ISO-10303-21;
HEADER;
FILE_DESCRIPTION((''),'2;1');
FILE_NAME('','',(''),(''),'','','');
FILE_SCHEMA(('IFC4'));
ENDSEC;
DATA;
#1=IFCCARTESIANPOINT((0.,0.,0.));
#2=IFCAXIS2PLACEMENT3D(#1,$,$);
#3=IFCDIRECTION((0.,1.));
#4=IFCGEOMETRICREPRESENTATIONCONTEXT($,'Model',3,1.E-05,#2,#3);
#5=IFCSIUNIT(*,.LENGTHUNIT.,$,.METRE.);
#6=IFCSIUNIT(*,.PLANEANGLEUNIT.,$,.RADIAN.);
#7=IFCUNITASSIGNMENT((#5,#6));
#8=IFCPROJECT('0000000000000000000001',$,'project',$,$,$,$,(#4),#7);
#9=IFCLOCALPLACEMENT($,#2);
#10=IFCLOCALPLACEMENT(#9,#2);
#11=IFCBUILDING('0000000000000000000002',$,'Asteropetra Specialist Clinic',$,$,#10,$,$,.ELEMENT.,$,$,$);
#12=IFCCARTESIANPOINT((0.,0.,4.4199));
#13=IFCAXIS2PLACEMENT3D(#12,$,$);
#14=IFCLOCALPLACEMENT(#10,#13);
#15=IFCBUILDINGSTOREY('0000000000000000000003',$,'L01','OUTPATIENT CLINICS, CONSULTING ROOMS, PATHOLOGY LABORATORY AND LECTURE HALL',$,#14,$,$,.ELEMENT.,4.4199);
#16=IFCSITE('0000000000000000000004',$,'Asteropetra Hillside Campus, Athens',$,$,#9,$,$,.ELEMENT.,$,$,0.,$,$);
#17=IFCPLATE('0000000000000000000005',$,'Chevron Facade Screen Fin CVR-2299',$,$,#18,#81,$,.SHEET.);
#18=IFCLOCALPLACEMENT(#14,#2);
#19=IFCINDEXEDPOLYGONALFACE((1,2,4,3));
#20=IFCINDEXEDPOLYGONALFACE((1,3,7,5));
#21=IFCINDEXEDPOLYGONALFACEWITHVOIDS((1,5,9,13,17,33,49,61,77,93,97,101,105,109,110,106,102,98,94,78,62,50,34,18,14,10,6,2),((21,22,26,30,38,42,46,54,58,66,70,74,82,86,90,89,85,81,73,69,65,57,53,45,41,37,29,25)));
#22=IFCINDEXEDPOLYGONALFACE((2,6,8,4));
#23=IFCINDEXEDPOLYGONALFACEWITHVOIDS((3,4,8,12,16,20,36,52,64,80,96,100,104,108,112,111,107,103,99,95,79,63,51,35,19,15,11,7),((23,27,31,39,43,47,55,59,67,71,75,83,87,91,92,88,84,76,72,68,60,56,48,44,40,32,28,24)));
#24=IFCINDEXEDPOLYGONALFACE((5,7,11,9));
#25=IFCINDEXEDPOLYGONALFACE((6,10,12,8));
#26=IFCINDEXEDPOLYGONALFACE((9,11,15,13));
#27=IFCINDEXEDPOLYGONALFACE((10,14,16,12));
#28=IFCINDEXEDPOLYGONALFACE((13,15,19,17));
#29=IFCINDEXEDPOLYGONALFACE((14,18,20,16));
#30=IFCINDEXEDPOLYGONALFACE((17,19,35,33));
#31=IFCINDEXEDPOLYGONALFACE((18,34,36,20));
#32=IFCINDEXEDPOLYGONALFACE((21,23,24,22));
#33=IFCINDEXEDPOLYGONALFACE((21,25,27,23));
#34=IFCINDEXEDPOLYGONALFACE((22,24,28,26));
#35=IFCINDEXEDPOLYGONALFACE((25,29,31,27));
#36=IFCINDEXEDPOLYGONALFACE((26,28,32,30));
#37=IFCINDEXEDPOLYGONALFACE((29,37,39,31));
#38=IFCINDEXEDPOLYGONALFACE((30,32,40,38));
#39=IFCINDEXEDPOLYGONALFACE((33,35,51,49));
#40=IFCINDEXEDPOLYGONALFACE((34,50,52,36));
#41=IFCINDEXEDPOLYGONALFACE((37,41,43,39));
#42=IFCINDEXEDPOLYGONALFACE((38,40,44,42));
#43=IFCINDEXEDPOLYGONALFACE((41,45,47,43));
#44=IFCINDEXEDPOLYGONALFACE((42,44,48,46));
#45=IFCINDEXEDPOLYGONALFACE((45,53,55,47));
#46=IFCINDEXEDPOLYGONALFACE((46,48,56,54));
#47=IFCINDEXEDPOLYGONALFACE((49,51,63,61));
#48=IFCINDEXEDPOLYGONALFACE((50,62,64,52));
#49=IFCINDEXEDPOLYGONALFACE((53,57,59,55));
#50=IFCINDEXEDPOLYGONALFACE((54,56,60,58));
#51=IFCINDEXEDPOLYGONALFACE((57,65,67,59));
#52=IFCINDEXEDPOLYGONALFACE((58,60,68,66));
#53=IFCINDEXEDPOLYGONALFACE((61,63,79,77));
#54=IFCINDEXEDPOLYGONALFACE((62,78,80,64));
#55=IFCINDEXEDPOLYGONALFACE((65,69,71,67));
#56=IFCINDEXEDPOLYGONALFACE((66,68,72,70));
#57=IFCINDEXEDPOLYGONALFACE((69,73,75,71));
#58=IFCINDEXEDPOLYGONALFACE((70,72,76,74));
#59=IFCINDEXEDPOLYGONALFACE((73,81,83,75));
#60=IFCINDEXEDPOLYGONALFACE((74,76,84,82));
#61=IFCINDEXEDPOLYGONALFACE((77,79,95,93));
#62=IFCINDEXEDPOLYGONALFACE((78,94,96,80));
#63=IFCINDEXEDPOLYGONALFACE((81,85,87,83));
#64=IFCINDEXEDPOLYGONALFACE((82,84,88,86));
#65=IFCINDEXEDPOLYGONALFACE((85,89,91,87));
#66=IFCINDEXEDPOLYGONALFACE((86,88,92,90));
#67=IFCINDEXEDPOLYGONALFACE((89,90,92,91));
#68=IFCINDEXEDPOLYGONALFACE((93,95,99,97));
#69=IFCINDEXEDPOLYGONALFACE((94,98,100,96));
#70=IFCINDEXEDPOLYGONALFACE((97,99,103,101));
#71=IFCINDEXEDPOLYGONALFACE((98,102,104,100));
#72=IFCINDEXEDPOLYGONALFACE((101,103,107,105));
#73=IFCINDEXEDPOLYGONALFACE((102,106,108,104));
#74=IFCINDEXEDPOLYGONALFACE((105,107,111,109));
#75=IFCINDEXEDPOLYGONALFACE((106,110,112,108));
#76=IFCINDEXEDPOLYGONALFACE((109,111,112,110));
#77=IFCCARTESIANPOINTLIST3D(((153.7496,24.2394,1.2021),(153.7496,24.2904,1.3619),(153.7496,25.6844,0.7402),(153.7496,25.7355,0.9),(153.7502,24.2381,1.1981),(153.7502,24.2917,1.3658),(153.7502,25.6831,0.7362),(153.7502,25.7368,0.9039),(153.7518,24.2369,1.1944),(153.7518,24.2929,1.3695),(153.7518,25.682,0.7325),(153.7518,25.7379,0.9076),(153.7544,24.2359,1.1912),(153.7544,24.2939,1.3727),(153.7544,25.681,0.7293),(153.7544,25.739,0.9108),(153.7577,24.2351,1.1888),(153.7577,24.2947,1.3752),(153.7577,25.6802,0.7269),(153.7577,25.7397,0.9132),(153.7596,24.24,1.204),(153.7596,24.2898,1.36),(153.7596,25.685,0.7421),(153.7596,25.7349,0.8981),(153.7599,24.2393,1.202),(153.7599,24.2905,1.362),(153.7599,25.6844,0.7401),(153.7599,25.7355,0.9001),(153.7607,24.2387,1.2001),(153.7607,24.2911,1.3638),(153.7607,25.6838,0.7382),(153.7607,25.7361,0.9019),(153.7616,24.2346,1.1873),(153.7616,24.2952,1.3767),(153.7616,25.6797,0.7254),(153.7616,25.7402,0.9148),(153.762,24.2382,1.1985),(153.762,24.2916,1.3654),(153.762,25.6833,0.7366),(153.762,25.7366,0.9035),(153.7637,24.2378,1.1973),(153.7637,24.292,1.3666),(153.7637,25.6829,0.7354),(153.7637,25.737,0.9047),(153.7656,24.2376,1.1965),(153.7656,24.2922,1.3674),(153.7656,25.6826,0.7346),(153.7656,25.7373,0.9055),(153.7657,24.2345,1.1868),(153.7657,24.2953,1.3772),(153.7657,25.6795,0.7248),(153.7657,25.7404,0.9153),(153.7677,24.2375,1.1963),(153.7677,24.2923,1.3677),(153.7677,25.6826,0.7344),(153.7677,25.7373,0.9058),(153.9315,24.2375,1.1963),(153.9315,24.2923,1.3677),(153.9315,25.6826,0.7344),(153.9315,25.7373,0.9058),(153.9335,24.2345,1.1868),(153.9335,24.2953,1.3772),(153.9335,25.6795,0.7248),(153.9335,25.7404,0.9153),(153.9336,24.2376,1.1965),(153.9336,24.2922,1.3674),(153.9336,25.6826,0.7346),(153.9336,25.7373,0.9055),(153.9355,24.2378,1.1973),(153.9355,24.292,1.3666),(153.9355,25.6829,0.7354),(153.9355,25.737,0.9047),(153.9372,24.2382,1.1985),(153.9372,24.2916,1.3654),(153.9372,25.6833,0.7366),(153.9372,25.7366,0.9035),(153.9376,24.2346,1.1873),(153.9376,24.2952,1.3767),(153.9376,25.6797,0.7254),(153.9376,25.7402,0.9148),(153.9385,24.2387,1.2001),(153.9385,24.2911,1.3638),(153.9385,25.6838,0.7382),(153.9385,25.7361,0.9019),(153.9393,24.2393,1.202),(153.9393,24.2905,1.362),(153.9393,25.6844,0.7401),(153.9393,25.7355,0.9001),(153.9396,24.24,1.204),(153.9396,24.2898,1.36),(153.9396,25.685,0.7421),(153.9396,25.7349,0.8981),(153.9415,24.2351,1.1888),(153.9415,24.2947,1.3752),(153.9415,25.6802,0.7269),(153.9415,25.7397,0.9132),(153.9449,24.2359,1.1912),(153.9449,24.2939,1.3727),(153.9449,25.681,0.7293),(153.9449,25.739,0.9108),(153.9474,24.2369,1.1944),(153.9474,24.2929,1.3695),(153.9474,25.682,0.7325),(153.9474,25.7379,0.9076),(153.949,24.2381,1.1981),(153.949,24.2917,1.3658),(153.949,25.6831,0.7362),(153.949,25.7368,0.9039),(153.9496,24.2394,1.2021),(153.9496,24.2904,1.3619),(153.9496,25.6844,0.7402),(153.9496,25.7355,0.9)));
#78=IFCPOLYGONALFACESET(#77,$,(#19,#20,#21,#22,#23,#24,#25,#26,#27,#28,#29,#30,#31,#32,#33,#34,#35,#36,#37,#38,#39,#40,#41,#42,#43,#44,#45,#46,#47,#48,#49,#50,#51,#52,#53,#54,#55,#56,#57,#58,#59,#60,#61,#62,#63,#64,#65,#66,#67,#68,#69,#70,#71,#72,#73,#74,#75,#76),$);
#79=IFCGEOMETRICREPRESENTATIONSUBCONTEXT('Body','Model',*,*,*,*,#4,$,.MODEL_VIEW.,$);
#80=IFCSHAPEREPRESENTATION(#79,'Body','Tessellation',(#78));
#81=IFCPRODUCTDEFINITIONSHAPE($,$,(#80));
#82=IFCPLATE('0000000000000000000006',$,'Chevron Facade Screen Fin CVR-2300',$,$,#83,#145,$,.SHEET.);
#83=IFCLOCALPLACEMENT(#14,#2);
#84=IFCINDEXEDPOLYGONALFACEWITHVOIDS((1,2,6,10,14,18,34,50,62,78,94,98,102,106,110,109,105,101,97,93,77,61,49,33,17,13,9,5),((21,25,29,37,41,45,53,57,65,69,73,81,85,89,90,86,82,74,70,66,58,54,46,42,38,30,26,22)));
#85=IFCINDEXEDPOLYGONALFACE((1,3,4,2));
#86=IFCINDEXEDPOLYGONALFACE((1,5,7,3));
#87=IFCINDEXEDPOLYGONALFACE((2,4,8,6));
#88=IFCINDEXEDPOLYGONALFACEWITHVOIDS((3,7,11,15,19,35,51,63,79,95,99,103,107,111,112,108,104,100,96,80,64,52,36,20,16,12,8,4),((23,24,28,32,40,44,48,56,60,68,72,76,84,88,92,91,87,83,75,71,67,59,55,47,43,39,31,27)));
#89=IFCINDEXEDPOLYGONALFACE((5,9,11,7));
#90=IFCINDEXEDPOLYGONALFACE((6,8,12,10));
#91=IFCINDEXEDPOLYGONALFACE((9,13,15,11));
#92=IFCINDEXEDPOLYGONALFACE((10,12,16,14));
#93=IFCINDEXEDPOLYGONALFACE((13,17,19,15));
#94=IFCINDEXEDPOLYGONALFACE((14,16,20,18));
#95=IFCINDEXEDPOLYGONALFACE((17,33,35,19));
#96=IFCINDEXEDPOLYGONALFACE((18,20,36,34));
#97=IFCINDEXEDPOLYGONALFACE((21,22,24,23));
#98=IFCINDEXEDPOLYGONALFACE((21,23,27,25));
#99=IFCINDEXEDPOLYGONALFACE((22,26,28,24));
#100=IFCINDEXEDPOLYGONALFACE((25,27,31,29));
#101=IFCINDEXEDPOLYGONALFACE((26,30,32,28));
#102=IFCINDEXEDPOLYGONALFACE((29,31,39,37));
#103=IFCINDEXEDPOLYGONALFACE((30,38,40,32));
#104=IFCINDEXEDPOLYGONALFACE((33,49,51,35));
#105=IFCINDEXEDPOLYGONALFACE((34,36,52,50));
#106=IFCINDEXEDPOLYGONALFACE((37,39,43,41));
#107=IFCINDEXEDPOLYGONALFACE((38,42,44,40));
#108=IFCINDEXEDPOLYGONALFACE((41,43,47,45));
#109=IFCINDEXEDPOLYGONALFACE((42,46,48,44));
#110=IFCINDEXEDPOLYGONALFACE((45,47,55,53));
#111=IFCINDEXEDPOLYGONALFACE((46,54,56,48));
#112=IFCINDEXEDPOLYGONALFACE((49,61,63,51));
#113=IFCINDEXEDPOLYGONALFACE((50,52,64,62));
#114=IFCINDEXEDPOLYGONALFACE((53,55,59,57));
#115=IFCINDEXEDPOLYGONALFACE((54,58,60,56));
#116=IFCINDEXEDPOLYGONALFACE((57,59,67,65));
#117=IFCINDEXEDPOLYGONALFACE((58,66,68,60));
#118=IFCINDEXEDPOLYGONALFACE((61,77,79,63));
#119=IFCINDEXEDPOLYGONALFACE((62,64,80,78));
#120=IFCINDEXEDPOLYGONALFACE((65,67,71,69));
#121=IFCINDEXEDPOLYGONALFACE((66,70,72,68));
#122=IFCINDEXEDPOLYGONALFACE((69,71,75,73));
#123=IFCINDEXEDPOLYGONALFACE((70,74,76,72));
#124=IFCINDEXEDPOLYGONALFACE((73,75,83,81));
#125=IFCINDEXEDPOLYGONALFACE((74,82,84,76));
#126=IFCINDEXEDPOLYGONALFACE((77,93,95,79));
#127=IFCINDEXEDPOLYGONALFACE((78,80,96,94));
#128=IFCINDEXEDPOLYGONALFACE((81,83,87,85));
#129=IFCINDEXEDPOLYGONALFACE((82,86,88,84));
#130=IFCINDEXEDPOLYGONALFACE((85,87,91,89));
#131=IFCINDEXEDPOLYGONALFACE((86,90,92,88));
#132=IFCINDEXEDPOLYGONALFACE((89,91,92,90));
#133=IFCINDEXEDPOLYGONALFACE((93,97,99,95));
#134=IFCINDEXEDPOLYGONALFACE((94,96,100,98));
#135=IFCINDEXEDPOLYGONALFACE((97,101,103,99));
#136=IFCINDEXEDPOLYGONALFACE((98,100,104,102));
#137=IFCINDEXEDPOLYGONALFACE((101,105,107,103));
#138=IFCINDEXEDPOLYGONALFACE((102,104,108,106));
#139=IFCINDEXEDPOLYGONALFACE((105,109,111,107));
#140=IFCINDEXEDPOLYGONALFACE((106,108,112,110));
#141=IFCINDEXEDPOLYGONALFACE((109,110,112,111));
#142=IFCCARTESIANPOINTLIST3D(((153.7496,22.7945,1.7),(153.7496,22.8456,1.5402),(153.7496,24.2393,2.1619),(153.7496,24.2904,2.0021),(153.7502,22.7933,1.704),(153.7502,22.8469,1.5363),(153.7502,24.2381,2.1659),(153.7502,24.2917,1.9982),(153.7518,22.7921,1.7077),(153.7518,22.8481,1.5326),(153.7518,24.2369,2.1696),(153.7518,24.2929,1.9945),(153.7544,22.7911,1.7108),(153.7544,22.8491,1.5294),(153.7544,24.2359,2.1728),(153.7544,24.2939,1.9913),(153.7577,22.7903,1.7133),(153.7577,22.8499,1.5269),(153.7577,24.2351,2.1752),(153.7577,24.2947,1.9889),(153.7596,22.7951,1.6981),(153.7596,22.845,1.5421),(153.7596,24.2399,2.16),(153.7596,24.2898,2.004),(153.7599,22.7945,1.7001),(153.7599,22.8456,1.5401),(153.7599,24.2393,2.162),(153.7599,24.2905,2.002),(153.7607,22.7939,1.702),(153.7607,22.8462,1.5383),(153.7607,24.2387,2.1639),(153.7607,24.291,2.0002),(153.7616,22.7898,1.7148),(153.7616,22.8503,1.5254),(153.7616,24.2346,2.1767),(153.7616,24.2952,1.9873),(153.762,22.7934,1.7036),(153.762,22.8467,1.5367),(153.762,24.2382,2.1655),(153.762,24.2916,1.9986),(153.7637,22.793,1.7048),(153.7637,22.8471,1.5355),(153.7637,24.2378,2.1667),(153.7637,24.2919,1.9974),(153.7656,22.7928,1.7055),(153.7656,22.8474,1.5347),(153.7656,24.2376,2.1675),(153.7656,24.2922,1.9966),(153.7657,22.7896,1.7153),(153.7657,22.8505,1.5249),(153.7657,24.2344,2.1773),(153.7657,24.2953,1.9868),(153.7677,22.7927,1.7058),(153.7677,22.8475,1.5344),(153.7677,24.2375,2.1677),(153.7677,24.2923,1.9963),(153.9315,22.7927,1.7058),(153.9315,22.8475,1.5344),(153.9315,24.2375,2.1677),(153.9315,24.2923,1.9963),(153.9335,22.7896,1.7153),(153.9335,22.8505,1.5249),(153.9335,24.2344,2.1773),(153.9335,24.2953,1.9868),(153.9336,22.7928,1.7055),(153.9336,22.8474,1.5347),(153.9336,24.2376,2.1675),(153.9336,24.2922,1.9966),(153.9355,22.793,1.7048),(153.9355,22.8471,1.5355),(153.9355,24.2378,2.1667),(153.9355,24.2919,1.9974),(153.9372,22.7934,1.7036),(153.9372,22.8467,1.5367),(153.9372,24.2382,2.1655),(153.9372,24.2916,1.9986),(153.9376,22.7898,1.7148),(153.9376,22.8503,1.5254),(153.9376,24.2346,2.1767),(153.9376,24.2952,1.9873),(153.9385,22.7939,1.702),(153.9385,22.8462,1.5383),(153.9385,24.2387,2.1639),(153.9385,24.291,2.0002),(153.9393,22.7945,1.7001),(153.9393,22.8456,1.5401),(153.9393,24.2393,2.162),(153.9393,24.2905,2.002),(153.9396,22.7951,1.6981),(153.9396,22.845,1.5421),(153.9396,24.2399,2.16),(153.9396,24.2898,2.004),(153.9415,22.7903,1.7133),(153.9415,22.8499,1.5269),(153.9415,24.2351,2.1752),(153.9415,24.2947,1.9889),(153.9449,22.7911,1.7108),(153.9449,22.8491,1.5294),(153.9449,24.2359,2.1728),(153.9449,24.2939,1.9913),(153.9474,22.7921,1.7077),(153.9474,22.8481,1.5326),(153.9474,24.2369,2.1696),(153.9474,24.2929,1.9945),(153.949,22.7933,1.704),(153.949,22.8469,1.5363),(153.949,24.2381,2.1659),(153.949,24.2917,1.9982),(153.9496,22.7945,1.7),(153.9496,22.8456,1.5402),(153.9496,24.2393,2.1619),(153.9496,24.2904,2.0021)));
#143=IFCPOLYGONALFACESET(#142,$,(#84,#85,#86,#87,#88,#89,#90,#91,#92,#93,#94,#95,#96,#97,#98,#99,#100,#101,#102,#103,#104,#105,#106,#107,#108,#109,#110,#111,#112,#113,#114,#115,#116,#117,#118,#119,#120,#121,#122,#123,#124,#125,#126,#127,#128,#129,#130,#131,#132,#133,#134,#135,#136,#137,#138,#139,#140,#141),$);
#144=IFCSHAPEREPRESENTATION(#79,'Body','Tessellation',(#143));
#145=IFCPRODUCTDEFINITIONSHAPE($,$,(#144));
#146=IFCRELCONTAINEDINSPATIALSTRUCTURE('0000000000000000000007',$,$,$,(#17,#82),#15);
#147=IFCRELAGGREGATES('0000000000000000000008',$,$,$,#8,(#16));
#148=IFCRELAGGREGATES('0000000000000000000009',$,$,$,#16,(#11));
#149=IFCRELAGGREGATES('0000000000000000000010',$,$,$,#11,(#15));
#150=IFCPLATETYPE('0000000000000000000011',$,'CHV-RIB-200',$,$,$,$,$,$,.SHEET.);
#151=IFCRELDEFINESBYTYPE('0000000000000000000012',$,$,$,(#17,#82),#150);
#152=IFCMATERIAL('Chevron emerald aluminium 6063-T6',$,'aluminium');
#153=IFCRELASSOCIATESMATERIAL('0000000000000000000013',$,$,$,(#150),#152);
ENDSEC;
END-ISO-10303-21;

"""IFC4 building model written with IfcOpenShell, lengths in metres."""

from ifc_helpers import new_model, si_unit, direction, frame, origin, origin_2d, place, context, subcontext, project, spatial, hollow_rectangle, extrude, material, material_profile, profile_set, type_object, element, save


model = new_model("IFC4")

# Units and contexts
model_context = context("Model", 3, precision=1e-05, world=origin(), true_north=direction((0.0, 1.0)))
body_context = subcontext(model_context, "Body", "Model", "MODEL_VIEW")
ifc_project = project(units=[si_unit("LENGTHUNIT", "METRE"), si_unit("PLANEANGLEUNIT", "RADIAN")], contexts=[model_context])

# Site, building, storey
site_placement = place(None, origin())
site = spatial("IfcSite", under=ifc_project, at=site_placement, Name="Asteropetra Hillside Campus, Athens", CompositionType="ELEMENT", RefElevation=0.0)
building_placement = place(site_placement, origin())
building = spatial("IfcBuilding", under=site, at=building_placement, Name="Asteropetra Specialist Clinic", CompositionType="ELEMENT")
storey_placement = place(building_placement, frame((0.0, 0.0, 4.4199)))
storey = spatial("IfcBuildingStorey", under=building, at=storey_placement, Name="L01", Description="OUTPATIENT CLINICS, CONSULTING ROOMS, PATHOLOGY LABORATORY AND LECTURE HALL", CompositionType="ELEMENT", Elevation=4.4199)

# Plates
ifc_material_1 = material(Name="Chevron emerald aluminium 6063-T6", Category="aluminium")
ifc_material_profile_1 = material_profile(ifc_material_1, hollow_rectangle(XDim=0.2, YDim=0.2, WallThickness=0.01, InnerFilletRadius=0.0081, OuterFilletRadius=0.0161, at=origin_2d()), Name="SHS 200x200x10.0")
ifc_profile_set_1 = profile_set([ifc_material_profile_1], Name="Chevron emerald aluminium 6063-T6")
plate_type = type_object("IfcPlateType", Name="CHV-RIB-200", PredefinedType="SHEET", material=ifc_profile_set_1)
plate_1_placement = place(storey_placement, frame((153.8496, 24.2649, 1.282), z_axis=(0.0, 0.952521, -0.304472), x_axis=(-1.0, 0.0, 0.0)))
element("IfcPlate", 1, at=plate_1_placement, inside=storey, type_object=plate_type, Name="Chevron Facade Screen Fin CVR-2299", PredefinedType="SHEET", context=body_context, shape_type="SweptSolid", body=[
    extrude(hollow_rectangle(XDim=0.2, YDim=0.2, WallThickness=0.01, InnerFilletRadius=0.0081, OuterFilletRadius=0.0161, at=origin_2d()), origin(), (0.0, 0.0, 1.0), 1.5171),
])
plate_2_placement = place(storey_placement, frame((153.8496, 22.8201, 1.6201), z_axis=(0.0, 0.952506, 0.304519), x_axis=(-1.0, 0.0, 0.0)))
element("IfcPlate", 2, at=plate_2_placement, inside=storey, type_object=plate_type, Name="Chevron Facade Screen Fin CVR-2300", PredefinedType="SHEET", context=body_context, shape_type="SweptSolid", body=[
    extrude(hollow_rectangle(XDim=0.2, YDim=0.2, WallThickness=0.01, InnerFilletRadius=0.0081, OuterFilletRadius=0.0161, at=origin_2d()), origin(), (0.0, 0.0, 1.0), 1.5168),
])

save(model, "model.ifc")
